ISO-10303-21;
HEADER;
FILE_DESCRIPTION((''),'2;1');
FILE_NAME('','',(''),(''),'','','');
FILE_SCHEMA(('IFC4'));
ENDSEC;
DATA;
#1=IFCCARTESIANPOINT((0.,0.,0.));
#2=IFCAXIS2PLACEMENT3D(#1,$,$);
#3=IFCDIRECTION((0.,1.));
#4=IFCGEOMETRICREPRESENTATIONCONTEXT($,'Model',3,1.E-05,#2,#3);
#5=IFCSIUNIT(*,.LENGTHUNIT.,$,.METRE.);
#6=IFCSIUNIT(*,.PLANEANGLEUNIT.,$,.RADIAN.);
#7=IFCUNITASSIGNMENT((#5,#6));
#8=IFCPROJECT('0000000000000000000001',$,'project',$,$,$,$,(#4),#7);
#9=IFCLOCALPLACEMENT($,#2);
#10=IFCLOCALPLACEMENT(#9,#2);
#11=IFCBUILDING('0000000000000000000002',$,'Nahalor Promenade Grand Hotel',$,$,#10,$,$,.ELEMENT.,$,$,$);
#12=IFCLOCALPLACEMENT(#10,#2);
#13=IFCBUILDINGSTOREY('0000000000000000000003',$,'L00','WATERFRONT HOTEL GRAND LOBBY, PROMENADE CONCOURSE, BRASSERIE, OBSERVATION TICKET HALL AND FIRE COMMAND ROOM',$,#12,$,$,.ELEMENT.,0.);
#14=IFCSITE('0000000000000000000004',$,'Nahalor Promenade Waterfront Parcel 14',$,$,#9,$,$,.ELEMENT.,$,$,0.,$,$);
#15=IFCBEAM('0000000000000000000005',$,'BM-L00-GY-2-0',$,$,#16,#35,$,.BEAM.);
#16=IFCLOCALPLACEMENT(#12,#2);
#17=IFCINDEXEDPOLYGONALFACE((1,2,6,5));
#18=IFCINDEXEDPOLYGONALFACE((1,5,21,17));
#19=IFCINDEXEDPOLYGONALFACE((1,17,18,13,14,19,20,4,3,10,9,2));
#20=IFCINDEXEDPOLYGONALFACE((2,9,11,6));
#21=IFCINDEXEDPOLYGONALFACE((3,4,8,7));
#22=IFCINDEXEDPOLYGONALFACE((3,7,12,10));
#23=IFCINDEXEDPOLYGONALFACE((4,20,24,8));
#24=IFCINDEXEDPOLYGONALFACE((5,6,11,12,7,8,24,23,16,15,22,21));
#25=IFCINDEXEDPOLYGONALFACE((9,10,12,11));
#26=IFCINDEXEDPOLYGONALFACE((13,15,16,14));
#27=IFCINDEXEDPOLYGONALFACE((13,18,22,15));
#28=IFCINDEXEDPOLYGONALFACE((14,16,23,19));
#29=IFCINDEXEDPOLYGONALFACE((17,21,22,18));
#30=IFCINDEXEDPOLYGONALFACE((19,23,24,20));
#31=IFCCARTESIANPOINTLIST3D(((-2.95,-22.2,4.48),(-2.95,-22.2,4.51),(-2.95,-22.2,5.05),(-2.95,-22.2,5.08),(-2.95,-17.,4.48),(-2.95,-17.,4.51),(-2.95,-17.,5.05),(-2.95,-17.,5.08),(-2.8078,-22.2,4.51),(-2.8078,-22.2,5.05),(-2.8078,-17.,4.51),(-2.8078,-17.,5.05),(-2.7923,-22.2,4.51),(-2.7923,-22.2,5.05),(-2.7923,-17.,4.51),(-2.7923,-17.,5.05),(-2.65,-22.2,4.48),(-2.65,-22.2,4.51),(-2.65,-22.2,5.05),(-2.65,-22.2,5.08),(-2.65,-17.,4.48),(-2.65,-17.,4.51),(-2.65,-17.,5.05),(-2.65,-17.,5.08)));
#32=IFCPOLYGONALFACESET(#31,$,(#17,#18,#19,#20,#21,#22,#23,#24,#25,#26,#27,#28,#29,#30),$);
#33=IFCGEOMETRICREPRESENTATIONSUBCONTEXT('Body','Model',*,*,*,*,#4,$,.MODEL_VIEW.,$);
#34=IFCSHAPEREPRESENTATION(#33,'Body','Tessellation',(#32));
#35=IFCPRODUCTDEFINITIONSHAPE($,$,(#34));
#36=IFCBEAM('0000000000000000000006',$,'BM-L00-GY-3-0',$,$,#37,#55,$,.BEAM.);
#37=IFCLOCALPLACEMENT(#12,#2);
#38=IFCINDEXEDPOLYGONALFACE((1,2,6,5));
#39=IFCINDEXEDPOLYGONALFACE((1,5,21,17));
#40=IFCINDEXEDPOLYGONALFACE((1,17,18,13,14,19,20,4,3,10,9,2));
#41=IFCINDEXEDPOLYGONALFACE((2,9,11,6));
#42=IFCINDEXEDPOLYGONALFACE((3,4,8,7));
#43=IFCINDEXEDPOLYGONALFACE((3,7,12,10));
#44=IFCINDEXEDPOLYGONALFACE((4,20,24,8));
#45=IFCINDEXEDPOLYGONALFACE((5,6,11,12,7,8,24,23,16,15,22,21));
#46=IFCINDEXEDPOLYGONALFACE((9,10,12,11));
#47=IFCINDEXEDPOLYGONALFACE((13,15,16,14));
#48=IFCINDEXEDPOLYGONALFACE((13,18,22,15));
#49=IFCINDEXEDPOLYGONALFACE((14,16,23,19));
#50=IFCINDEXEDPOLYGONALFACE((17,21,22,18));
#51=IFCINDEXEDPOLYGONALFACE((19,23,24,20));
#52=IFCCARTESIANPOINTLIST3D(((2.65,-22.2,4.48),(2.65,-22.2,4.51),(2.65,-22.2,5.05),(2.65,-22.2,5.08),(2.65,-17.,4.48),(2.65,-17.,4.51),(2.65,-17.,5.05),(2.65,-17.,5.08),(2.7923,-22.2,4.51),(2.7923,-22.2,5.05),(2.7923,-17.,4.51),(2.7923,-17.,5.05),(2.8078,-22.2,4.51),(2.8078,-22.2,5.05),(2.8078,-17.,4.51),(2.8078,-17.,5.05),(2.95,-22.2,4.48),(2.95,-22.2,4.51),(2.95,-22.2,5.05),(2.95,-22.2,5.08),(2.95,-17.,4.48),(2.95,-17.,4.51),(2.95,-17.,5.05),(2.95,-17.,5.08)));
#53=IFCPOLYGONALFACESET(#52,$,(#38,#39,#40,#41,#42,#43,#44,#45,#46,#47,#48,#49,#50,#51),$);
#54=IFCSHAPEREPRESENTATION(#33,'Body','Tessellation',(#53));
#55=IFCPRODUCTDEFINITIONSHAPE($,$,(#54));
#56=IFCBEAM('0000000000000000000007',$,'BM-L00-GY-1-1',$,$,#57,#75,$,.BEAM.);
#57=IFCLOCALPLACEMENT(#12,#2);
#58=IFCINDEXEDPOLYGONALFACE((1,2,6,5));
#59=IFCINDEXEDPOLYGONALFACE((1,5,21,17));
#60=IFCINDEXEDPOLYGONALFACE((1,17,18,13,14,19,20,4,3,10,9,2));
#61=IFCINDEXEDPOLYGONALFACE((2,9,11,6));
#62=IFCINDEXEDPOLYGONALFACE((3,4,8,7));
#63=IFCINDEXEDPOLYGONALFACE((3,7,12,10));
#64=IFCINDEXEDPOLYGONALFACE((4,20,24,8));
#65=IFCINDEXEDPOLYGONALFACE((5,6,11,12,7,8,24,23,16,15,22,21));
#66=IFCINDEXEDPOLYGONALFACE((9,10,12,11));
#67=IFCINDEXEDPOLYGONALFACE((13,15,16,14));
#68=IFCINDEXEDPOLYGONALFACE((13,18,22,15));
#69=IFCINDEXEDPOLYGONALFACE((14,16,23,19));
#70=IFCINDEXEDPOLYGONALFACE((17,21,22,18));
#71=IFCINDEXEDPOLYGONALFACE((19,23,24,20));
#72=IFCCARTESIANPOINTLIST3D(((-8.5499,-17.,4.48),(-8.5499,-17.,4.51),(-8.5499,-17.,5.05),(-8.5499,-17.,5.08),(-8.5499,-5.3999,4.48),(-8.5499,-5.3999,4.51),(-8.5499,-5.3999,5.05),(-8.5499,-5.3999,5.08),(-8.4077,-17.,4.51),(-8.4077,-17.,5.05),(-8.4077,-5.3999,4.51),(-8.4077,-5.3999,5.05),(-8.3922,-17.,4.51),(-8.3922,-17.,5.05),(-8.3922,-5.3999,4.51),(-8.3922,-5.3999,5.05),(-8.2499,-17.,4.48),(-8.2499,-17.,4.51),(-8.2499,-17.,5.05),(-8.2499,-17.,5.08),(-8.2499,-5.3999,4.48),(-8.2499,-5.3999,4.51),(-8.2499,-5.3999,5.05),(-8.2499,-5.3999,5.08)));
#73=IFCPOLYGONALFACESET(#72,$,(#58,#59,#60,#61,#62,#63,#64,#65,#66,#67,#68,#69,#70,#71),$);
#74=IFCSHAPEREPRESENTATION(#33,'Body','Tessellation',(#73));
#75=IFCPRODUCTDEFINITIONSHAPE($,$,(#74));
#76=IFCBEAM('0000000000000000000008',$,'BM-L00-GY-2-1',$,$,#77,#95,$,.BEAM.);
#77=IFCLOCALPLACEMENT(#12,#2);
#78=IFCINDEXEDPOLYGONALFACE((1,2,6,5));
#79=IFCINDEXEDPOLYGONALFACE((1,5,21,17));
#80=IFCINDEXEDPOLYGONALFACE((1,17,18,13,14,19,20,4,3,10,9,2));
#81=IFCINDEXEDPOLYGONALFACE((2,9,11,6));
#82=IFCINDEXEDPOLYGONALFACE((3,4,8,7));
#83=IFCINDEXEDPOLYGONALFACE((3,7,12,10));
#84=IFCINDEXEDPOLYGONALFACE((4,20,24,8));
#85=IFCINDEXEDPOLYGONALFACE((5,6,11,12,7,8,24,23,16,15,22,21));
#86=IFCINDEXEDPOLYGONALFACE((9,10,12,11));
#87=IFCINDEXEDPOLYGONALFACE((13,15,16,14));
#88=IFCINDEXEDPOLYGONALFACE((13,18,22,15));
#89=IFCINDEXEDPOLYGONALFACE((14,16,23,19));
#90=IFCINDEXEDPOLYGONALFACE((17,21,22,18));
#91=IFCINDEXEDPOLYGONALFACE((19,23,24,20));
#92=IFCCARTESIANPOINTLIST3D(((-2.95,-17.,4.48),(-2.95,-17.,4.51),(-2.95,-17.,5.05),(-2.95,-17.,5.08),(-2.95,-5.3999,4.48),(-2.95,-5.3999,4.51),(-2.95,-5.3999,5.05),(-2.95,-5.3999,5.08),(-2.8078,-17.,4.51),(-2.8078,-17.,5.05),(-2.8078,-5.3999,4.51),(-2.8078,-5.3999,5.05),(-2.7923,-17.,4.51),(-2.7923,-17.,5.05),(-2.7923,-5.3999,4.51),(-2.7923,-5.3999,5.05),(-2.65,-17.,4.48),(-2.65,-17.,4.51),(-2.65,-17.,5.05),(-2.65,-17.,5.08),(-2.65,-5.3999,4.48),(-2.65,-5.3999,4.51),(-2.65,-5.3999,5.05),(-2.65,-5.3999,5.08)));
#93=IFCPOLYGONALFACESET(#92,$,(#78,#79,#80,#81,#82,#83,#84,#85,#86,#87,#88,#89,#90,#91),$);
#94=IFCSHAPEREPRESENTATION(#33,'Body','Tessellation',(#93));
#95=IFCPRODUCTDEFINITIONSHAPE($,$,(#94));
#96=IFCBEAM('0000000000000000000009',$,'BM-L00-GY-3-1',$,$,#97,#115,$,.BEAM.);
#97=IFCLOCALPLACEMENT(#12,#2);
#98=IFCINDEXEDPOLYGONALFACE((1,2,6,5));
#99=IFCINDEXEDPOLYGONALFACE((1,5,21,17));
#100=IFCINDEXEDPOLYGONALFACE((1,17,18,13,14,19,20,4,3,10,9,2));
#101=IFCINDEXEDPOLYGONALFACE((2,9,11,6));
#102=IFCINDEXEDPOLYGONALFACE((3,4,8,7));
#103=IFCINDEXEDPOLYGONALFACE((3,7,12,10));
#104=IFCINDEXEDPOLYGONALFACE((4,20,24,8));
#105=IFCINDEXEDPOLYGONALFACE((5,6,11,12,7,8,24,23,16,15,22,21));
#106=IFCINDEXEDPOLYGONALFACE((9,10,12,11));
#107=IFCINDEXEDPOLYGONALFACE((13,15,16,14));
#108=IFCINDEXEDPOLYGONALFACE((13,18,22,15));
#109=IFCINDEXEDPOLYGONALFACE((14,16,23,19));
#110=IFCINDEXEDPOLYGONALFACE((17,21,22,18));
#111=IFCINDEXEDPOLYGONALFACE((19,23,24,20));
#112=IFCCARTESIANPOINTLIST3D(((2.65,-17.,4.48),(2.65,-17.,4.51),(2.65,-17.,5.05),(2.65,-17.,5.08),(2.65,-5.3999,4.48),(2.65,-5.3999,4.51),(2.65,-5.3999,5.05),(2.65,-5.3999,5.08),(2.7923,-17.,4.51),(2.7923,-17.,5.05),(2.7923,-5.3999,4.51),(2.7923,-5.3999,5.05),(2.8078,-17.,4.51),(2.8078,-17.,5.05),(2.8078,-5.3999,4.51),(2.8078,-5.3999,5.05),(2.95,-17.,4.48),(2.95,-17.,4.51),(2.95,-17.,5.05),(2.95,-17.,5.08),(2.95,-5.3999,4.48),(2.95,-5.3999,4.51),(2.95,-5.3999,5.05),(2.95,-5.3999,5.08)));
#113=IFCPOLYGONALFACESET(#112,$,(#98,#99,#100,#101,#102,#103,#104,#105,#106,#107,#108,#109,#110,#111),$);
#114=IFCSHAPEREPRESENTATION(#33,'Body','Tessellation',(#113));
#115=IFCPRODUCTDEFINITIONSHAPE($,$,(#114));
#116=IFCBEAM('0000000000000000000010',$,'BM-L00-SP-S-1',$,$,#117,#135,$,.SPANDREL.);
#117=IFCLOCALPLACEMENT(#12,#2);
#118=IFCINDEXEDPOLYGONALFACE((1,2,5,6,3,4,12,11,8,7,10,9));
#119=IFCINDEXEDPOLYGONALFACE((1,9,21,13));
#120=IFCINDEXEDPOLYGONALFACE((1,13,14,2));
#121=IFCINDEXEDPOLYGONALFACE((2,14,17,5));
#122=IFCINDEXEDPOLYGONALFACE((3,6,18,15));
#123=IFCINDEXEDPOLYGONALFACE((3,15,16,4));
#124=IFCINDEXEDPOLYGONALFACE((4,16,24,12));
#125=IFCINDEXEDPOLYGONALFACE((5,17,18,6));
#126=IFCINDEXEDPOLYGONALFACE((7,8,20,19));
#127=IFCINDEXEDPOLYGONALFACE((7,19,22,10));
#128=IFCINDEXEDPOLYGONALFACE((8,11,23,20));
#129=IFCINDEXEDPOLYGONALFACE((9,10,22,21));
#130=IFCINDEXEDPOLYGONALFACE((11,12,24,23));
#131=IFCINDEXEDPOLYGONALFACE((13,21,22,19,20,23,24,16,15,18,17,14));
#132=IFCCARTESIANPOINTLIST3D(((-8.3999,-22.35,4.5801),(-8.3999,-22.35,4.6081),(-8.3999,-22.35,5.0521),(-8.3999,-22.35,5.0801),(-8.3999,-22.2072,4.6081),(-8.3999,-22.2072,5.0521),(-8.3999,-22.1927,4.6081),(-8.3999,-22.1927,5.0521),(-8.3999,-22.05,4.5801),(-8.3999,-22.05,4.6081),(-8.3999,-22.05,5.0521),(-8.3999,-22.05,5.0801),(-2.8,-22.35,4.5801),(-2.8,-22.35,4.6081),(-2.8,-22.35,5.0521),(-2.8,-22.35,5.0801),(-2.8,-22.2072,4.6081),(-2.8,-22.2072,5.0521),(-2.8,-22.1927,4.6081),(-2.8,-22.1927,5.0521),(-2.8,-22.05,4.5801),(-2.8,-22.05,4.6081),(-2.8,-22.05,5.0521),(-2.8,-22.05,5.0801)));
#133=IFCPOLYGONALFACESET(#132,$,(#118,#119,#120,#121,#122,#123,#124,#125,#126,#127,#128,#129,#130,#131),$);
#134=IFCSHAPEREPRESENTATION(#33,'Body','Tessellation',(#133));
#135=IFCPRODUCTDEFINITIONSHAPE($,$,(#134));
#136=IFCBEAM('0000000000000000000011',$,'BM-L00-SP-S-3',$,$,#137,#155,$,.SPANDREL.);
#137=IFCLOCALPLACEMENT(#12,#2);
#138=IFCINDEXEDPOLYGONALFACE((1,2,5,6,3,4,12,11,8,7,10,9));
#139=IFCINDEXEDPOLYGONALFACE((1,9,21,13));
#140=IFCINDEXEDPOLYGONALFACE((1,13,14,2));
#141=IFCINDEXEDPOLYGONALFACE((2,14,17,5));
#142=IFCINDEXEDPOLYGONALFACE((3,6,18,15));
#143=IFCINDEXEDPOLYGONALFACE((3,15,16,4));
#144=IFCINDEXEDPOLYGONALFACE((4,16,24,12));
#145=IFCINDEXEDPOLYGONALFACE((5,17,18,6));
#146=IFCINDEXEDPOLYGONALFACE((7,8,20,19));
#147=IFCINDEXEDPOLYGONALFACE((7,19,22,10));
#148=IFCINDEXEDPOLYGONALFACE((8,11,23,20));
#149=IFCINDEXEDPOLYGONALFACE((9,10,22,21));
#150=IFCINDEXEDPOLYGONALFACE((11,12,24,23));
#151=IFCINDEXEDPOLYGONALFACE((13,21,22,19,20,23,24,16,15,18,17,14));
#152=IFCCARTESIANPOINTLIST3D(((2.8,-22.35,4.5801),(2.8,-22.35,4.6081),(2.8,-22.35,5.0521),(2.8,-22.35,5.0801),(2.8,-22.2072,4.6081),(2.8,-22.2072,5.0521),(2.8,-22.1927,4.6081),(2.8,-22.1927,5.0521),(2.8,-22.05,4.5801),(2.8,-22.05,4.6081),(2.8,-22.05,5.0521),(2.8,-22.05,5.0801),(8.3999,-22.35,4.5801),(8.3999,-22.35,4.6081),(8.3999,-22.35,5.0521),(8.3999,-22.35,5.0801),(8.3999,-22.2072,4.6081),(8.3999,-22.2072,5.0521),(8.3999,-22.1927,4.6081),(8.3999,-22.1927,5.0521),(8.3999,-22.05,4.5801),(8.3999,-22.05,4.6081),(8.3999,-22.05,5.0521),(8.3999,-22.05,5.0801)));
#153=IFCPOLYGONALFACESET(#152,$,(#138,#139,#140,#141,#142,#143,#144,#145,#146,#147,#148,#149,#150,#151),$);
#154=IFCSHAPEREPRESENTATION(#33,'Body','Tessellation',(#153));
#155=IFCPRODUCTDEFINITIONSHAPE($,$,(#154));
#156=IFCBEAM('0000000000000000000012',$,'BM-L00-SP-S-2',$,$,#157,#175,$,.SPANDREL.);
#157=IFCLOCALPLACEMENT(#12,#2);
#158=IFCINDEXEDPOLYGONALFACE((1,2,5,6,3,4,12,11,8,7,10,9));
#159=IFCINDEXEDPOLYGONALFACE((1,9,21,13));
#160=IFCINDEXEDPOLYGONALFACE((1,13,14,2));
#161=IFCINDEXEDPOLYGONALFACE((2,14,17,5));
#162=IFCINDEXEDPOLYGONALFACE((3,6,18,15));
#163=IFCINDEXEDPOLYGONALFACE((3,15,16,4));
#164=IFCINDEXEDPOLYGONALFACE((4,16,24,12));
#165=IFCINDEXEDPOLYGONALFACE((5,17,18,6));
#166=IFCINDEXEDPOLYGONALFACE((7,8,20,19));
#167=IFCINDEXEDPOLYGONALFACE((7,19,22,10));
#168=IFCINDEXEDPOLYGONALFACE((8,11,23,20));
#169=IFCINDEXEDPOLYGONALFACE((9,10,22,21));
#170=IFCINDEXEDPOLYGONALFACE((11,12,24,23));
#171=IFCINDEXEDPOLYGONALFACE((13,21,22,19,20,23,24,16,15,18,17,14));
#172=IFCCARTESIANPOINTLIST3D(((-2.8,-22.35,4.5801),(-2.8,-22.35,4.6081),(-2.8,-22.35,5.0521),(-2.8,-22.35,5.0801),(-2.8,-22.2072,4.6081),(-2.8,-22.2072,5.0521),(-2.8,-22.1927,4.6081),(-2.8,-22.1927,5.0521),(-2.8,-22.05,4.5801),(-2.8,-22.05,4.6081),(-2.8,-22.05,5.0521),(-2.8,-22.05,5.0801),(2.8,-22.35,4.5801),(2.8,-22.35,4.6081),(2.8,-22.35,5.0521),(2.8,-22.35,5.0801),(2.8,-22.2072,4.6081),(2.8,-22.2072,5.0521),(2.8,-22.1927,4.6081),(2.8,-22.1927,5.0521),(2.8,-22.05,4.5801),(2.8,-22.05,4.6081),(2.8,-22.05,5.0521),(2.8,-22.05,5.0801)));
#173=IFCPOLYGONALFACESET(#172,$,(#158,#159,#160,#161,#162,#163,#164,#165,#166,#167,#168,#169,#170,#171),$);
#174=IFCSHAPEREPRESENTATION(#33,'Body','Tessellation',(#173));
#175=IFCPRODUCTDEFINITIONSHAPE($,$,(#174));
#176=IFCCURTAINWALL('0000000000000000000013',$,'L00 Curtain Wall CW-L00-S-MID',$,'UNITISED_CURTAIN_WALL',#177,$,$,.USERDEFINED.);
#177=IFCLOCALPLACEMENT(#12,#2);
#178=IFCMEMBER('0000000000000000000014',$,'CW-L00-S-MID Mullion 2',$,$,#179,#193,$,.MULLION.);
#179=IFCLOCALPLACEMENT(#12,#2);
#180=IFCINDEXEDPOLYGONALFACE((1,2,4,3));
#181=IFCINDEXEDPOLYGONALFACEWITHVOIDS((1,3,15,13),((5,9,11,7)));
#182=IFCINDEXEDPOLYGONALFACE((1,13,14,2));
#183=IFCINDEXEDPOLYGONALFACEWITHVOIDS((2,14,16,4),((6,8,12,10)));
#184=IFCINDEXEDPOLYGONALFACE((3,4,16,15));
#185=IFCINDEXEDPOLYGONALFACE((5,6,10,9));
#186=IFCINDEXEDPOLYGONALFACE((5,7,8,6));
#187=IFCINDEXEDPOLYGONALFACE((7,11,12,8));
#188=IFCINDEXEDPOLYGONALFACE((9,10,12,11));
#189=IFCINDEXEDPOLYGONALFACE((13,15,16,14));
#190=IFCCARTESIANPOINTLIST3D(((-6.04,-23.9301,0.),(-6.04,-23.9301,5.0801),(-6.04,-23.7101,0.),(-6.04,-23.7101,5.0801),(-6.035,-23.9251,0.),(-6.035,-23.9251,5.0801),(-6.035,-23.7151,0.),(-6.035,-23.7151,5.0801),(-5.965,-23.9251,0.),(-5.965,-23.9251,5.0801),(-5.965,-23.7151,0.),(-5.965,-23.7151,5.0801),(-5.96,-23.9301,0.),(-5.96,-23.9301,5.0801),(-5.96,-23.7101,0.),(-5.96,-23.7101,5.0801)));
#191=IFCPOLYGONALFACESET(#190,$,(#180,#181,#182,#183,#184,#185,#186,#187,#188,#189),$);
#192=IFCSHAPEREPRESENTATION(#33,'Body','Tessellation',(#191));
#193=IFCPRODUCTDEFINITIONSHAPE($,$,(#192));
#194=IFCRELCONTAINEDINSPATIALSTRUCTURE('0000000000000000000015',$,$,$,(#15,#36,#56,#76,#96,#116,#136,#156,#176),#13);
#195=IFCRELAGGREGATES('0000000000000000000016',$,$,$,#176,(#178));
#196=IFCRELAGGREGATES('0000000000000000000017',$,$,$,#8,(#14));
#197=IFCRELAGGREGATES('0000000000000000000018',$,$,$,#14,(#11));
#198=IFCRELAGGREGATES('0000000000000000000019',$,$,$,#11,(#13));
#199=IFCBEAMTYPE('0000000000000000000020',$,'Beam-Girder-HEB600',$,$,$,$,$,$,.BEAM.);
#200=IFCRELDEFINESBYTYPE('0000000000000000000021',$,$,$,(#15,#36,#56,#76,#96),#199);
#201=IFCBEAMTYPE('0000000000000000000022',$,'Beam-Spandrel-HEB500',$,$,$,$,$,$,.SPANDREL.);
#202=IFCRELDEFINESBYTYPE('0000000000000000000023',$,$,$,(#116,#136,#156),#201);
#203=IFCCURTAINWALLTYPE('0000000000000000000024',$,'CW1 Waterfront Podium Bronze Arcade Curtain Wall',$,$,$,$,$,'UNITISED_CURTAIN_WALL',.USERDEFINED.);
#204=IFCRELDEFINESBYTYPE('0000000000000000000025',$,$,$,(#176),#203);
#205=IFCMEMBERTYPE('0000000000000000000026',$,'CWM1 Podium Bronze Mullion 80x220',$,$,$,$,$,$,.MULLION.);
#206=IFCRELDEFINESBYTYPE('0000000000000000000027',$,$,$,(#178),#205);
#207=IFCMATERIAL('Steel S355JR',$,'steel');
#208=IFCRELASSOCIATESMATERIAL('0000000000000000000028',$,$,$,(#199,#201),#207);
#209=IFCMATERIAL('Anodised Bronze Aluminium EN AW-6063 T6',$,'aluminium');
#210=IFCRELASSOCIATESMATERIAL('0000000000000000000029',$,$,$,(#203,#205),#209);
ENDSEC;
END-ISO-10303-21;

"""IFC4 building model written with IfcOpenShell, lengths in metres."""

from ifc_helpers import new_model, si_unit, direction, frame, origin, origin_2d, place, context, subcontext, project, spatial, hollow_rectangle, i_section, extrude, source, transform, mapped, material, material_profile, profile_set, type_object, element, aggregate, save


model = new_model("IFC4")

# Units and contexts
model_context = context("Model", 3, precision=1e-05, world=origin(), true_north=direction((0.0, 1.0)))
body_context = subcontext(model_context, "Body", "Model", "MODEL_VIEW")
ifc_project = project(units=[si_unit("LENGTHUNIT", "METRE"), si_unit("PLANEANGLEUNIT", "RADIAN")], contexts=[model_context])

# Site, building, storey
site_placement = place(None, origin())
site = spatial("IfcSite", under=ifc_project, at=site_placement, Name="Nahalor Promenade Waterfront Parcel 14", CompositionType="ELEMENT", RefElevation=0.0)
building_placement = place(site_placement, origin())
building = spatial("IfcBuilding", under=site, at=building_placement, Name="Nahalor Promenade Grand Hotel", CompositionType="ELEMENT")
storey_placement = place(building_placement, origin())
storey = spatial("IfcBuildingStorey", under=building, at=storey_placement, Name="L00", Description="WATERFRONT HOTEL GRAND LOBBY, PROMENADE CONCOURSE, BRASSERIE, OBSERVATION TICKET HALL AND FIRE COMMAND ROOM", CompositionType="ELEMENT", Elevation=0.0)

# Beams
ifc_material_1 = material(Name="Steel S355JR", Category="steel")
ifc_material_profile_1 = material_profile(ifc_material_1, i_section(OverallWidth=0.3, OverallDepth=0.6, WebThickness=0.0155, FlangeThickness=0.03, at=origin_2d()), Name="HEB 600")
ifc_profile_set_1 = profile_set([ifc_material_profile_1], Name="Steel S355JR")
beam_type_1 = type_object("IfcBeamType", Name="Beam-Girder-HEB600", PredefinedType="BEAM", material=ifc_profile_set_1)
shared_shape_1 = source(origin(), body_context, "Body", "SweptSolid", [
    extrude(i_section(OverallWidth=0.3, OverallDepth=0.6, WebThickness=0.0155, FlangeThickness=0.03, at=origin_2d()), origin(), (0.0, 0.0, 1.0), 5.2),
])
for number, where, z_axis, x_axis, name in (
    (1, (-2.8, -22.2, 4.78), (0.0, 1.0, 0.0), (-1.0, 0.0, 0.0), "BM-L00-GY-2-0"),
    (2, (2.8, -22.2, 4.78), (0.0, 1.0, 0.0), (-1.0, 0.0, 0.0), "BM-L00-GY-3-0"),
):
    element("IfcBeam", number, at=place(storey_placement, frame(where, z_axis=z_axis, x_axis=x_axis)), inside=storey, type_object=beam_type_1, Name=name, PredefinedType="BEAM", context=body_context, shape_type="MappedRepresentation", body=[
        mapped(shared_shape_1, transform((0.0, 0.0, 0.0), scale=1.0)),
    ])
shared_shape_2 = source(origin(), body_context, "Body", "SweptSolid", [
    extrude(i_section(OverallWidth=0.3, OverallDepth=0.6, WebThickness=0.0155, FlangeThickness=0.03, at=origin_2d()), origin(), (0.0, 0.0, 1.0), 11.6001),
])
for number, where, z_axis, x_axis, name in (
    (3, (-8.3999, -17.0, 4.78), (0.0, 1.0, 0.0), (-1.0, 0.0, 0.0), "BM-L00-GY-1-1"),
    (4, (-2.8, -17.0, 4.78), (0.0, 1.0, 0.0), (-1.0, 0.0, 0.0), "BM-L00-GY-2-1"),
    (5, (2.8, -17.0, 4.78), (0.0, 1.0, 0.0), (-1.0, 0.0, 0.0), "BM-L00-GY-3-1"),
):
    element("IfcBeam", number, at=place(storey_placement, frame(where, z_axis=z_axis, x_axis=x_axis)), inside=storey, type_object=beam_type_1, Name=name, PredefinedType="BEAM", context=body_context, shape_type="MappedRepresentation", body=[
        mapped(shared_shape_2, transform((0.0, 0.0, 0.0), scale=1.0)),
    ])
ifc_material_profile_2 = material_profile(ifc_material_1, i_section(OverallWidth=0.3, OverallDepth=0.5, WebThickness=0.0145, FlangeThickness=0.028, at=origin_2d()), Name="HEB 500")
ifc_profile_set_2 = profile_set([ifc_material_profile_2], Name="Steel S355JR")
beam_type_2 = type_object("IfcBeamType", Name="Beam-Spandrel-HEB500", PredefinedType="SPANDREL", material=ifc_profile_set_2)
shared_shape_3 = source(origin(), body_context, "Body", "SweptSolid", [
    extrude(i_section(OverallWidth=0.3, OverallDepth=0.5, WebThickness=0.0145, FlangeThickness=0.028, at=origin_2d()), origin(), (0.0, 0.0, 1.0), 5.5999),
])
for number, where, z_axis, x_axis, name in (
    (6, (-8.3999, -22.2, 4.8301), (1.0, 0.0, 0.0), (0.0, 1.0, 0.0), "BM-L00-SP-S-1"),
    (7, (2.8, -22.2, 4.8301), (1.0, 0.0, 0.0), (0.0, 1.0, 0.0), "BM-L00-SP-S-3"),
):
    element("IfcBeam", number, at=place(storey_placement, frame(where, z_axis=z_axis, x_axis=x_axis)), inside=storey, type_object=beam_type_2, Name=name, PredefinedType="SPANDREL", context=body_context, shape_type="MappedRepresentation", body=[
        mapped(shared_shape_3, transform((0.0, 0.0, 0.0), scale=1.0)),
    ])
shared_shape_4 = source(origin(), body_context, "Body", "SweptSolid", [
    extrude(i_section(OverallWidth=0.3, OverallDepth=0.5, WebThickness=0.0145, FlangeThickness=0.028, at=origin_2d()), origin(), (0.0, 0.0, 1.0), 5.6001),
])
beam_1_placement = place(storey_placement, frame((-2.8, -22.2, 4.8301), z_axis=(1.0, 0.0, 0.0), x_axis=(0.0, 1.0, 0.0)))
element("IfcBeam", 8, at=beam_1_placement, inside=storey, type_object=beam_type_2, Name="BM-L00-SP-S-2", PredefinedType="SPANDREL", context=body_context, shape_type="MappedRepresentation", body=[
    mapped(shared_shape_4, transform((0.0, 0.0, 0.0), scale=1.0)),
])

# Curtain wall, member
ifc_material_2 = material(Name="Anodised Bronze Aluminium EN AW-6063 T6", Category="aluminium")
curtain_wall_type = type_object("IfcCurtainWallType", Name="CW1 Waterfront Podium Bronze Arcade Curtain Wall", ElementType="UNITISED_CURTAIN_WALL", PredefinedType="USERDEFINED", material=ifc_material_2)
curtain_wall_placement = place(storey_placement, origin())
curtain_wall = element("IfcCurtainWall", 9, at=curtain_wall_placement, inside=storey, type_object=curtain_wall_type, Name="L00 Curtain Wall CW-L00-S-MID", ObjectType="UNITISED_CURTAIN_WALL", PredefinedType="USERDEFINED")
ifc_material_profile_3 = material_profile(ifc_material_2, hollow_rectangle(XDim=0.08, YDim=0.22, WallThickness=0.005, at=origin_2d()), Name="CWM 80x220x5")
ifc_profile_set_3 = profile_set([ifc_material_profile_3], Name="Anodised Bronze Aluminium EN AW-6063 T6")
member_type_1 = type_object("IfcMemberType", Name="CWM1 Podium Bronze Mullion 80x220", PredefinedType="MULLION", material=ifc_profile_set_3)
shared_shape_5 = source(origin(), body_context, "Body", "SweptSolid", [
    extrude(hollow_rectangle(XDim=0.08, YDim=0.22, WallThickness=0.005, at=origin_2d()), origin(), (0.0, 0.0, 1.0), 5.0801),
])
member_1_placement = place(storey_placement, frame((-6.0, -23.8201, 0.0), z_axis=(0.0, 0.0, 1.0), x_axis=(1.0, 0.0, 0.0)))
member_1 = element("IfcMember", 10, at=member_1_placement, type_object=member_type_1, Name="CW-L00-S-MID Mullion 2", PredefinedType="MULLION", context=body_context, shape_type="MappedRepresentation", body=[
    mapped(shared_shape_5, transform((0.0, 0.0, 0.0), scale=1.0)),
])
aggregate(curtain_wall, [member_1])

save(model, "model.ifc")
